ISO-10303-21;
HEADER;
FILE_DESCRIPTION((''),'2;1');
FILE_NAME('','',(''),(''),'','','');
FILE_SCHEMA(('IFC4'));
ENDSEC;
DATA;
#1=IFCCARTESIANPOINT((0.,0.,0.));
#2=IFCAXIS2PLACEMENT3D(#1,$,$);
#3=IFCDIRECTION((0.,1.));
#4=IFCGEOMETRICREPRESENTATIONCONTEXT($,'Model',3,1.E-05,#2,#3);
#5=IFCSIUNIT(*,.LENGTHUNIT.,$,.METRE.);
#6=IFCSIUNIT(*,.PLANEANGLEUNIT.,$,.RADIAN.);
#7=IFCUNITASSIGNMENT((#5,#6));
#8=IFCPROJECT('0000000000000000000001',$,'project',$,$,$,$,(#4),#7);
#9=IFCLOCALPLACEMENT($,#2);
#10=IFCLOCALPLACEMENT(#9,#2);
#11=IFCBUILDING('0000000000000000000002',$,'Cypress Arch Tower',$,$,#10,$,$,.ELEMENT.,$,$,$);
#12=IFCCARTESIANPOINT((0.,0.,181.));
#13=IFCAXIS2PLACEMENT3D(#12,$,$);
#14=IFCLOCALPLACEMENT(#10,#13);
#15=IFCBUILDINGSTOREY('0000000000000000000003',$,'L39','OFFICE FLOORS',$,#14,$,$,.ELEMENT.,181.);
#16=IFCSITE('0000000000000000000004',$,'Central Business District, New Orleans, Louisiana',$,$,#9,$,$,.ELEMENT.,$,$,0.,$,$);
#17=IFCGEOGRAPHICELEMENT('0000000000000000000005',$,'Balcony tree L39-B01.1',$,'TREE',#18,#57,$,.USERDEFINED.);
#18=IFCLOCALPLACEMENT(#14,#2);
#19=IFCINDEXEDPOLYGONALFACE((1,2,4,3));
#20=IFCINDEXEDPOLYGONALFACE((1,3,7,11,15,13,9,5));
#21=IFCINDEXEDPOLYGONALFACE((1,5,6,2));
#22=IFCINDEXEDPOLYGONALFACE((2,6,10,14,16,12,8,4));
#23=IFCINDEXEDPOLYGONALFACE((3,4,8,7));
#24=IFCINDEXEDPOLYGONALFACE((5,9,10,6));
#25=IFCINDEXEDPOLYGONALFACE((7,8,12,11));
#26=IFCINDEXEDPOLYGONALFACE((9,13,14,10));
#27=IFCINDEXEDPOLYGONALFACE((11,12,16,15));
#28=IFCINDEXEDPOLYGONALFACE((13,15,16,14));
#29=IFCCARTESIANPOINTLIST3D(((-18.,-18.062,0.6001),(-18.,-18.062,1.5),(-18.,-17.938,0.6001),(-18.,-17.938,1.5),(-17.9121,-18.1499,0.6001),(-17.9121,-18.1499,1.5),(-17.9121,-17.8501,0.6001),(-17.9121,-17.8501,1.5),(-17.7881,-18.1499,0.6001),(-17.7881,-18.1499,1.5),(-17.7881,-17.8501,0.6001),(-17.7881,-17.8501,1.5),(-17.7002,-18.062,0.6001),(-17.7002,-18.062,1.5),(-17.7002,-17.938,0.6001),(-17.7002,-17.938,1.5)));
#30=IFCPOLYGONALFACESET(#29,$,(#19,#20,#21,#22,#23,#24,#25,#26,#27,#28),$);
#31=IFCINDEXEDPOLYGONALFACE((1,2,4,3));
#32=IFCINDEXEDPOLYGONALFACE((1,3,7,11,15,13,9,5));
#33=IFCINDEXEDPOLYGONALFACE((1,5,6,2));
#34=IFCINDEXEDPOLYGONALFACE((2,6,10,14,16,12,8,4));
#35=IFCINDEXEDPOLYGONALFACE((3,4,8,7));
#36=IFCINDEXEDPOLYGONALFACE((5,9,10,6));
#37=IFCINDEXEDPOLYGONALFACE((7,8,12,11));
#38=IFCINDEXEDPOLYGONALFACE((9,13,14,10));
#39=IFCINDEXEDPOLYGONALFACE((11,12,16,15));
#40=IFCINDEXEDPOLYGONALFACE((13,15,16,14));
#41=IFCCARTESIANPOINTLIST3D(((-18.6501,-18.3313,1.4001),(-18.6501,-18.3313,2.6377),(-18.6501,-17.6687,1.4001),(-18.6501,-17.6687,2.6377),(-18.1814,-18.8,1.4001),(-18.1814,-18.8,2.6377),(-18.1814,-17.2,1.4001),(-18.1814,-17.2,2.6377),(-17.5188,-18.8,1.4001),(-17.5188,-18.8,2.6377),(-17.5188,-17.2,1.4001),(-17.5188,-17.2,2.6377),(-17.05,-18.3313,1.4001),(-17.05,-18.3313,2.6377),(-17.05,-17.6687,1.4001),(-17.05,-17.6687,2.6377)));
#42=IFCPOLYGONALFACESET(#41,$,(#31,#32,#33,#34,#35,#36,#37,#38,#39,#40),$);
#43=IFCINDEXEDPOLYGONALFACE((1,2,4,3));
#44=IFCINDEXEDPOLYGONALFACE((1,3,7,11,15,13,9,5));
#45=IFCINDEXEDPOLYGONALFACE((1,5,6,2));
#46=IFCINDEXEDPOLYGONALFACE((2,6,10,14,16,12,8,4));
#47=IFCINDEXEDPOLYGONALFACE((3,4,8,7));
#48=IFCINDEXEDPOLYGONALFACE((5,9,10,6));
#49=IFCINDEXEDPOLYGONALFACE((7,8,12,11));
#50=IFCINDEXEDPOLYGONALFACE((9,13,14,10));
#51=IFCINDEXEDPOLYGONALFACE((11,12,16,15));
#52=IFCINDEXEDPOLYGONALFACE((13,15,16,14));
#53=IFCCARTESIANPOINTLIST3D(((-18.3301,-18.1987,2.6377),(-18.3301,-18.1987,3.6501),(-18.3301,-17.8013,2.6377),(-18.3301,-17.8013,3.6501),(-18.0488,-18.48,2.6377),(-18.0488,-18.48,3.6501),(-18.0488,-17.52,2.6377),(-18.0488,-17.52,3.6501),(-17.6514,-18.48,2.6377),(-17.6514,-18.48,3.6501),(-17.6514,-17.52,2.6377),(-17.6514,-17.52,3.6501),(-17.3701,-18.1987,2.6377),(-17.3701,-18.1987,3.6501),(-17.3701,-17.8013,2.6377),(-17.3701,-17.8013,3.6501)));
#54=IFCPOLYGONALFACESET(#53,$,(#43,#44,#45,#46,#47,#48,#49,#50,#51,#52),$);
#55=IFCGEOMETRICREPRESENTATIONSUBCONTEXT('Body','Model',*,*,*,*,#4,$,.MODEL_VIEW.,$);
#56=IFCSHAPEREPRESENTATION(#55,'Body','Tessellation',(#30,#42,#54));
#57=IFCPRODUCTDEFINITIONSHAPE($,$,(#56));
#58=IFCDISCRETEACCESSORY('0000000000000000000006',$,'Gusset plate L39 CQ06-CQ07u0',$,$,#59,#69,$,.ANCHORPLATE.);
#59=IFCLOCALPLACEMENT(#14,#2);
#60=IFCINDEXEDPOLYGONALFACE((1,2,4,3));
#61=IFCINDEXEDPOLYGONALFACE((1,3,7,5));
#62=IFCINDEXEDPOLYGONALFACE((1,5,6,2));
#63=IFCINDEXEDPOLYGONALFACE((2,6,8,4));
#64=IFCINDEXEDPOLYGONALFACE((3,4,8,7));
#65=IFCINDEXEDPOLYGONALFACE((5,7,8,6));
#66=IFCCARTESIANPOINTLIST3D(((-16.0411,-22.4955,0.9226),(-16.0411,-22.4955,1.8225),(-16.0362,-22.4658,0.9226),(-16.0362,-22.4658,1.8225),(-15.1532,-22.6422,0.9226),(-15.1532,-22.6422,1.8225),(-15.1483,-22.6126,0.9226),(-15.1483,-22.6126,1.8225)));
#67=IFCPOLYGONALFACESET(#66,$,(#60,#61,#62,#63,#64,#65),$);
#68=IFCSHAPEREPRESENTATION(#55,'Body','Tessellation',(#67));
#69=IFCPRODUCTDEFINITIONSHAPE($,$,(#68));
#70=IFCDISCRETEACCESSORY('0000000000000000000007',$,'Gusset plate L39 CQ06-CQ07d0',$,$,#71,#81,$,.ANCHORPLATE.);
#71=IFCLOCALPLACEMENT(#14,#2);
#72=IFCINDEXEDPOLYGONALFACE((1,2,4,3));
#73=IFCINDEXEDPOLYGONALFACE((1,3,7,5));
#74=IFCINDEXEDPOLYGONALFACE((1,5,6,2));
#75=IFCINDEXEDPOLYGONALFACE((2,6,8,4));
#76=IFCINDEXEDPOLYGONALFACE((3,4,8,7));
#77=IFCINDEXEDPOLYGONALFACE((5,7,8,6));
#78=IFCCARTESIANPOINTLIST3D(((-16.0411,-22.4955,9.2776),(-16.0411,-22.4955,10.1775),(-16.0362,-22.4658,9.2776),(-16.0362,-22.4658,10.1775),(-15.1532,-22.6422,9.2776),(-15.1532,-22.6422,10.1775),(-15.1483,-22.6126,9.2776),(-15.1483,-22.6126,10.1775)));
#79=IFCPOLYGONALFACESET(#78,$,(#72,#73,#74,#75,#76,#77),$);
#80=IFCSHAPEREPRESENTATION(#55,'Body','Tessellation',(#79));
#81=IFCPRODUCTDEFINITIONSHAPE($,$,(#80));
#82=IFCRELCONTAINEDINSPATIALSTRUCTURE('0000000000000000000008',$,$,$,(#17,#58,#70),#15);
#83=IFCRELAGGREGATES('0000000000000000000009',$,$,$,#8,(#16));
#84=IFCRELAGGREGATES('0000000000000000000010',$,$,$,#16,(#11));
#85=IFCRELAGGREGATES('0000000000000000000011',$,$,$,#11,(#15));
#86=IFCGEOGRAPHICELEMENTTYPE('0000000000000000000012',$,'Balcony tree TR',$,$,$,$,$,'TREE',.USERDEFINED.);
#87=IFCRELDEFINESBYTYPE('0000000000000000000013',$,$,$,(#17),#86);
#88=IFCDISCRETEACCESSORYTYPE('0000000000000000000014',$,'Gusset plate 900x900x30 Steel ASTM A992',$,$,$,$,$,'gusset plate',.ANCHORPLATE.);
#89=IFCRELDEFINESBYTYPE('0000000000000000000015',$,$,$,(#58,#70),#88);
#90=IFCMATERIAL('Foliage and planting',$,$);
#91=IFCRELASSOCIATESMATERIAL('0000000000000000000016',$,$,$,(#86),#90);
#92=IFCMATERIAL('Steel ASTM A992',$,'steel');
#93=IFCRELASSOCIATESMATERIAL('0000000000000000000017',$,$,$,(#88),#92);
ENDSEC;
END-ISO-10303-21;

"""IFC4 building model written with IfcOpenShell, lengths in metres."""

from ifc_helpers import new_model, si_unit, direction, frame, origin, origin_2d, place, context, subcontext, project, spatial, polyline, rectangle, outline, extrude, material, material_profile, profile_set, type_object, element, save


model = new_model("IFC4")

# Units and contexts
model_context = context("Model", 3, precision=1e-05, world=origin(), true_north=direction((0.0, 1.0)))
body_context = subcontext(model_context, "Body", "Model", "MODEL_VIEW")
ifc_project = project(units=[si_unit("LENGTHUNIT", "METRE"), si_unit("PLANEANGLEUNIT", "RADIAN")], contexts=[model_context])

# Site, building, storey
site_placement = place(None, origin())
site = spatial("IfcSite", under=ifc_project, at=site_placement, Name="Central Business District, New Orleans, Louisiana", CompositionType="ELEMENT", RefElevation=0.0)
building_placement = place(site_placement, origin())
building = spatial("IfcBuilding", under=site, at=building_placement, Name="Cypress Arch Tower", CompositionType="ELEMENT")
storey_placement = place(building_placement, frame((0.0, 0.0, 181.0)))
storey = spatial("IfcBuildingStorey", under=building, at=storey_placement, Name="L39", Description="OFFICE FLOORS", CompositionType="ELEMENT", Elevation=181.0)

# Geographic element
ifc_material_1 = material(Name="Foliage and planting")
geographic_element_type = type_object("IfcGeographicElementType", Name="Balcony tree TR", ElementType="TREE", PredefinedType="USERDEFINED", material=ifc_material_1)
geographic_element_placement = place(storey_placement, frame((-17.8501, -18.0, 0.6001), z_axis=(0.0, 0.0, 1.0), x_axis=(1.0, 0.0, 0.0)))
element("IfcGeographicElement", 1, at=geographic_element_placement, inside=storey, type_object=geographic_element_type, Name="Balcony tree L39-B01.1", ObjectType="TREE", PredefinedType="USERDEFINED", context=body_context, shape_type="SweptSolid", body=[
    extrude(outline(polyline([(0.1499, 0.062), (0.062, 0.1499), (-0.062, 0.1499), (-0.1499, 0.062), (-0.1499, -0.062), (-0.062, -0.1499), (0.062, -0.1499), (0.1499, -0.062), (0.1499, 0.062)])), origin(), (0.0, 0.0, 1.0), 0.8999),
    extrude(outline(polyline([(0.8, 0.3313), (0.3313, 0.8), (-0.3313, 0.8), (-0.8, 0.3313), (-0.8, -0.3313), (-0.3313, -0.8), (0.3313, -0.8), (0.8, -0.3313), (0.8, 0.3313)])), frame((0.0, 0.0, 0.8)), (0.0, 0.0, 1.0), 1.2375),
    extrude(outline(polyline([(0.48, 0.1987), (0.1987, 0.48), (-0.1987, 0.48), (-0.48, 0.1987), (-0.48, -0.1987), (-0.1987, -0.48), (0.1987, -0.48), (0.48, -0.1987), (0.48, 0.1987)])), frame((0.0, 0.0, 2.0376)), (0.0, 0.0, 1.0), 1.0125),
])

# Discrete accessories
ifc_material_2 = material(Name="Steel ASTM A992", Category="steel")
ifc_material_profile_1 = material_profile(ifc_material_2, rectangle(XDim=0.8999, YDim=0.8999, at=origin_2d()), Name="PL 30 900x900")
ifc_profile_set_1 = profile_set([ifc_material_profile_1], Name="Steel ASTM A992")
discrete_accessory_type = type_object("IfcDiscreteAccessoryType", Name="Gusset plate 900x900x30 Steel ASTM A992", ElementType="gusset plate", PredefinedType="ANCHORPLATE", material=ifc_profile_set_1)
for number, where, z_axis, x_axis, name in (
    (2, (-15.5972, -22.5688, 1.3726), (0.163077, 0.986613, 0.0), (-0.986613, 0.163077, 0.0), "Gusset plate L39 CQ06-CQ07u0"),
    (3, (-15.5972, -22.5688, 9.7275), (0.163077, 0.986613, 0.0), (-0.986613, 0.163077, 0.0), "Gusset plate L39 CQ06-CQ07d0"),
):
    element("IfcDiscreteAccessory", number, at=place(storey_placement, frame(where, z_axis=z_axis, x_axis=x_axis)), inside=storey, type_object=discrete_accessory_type, Name=name, PredefinedType="ANCHORPLATE", context=body_context, shape_type="SweptSolid", body=[
        extrude(rectangle(XDim=0.8999, YDim=0.8999, at=origin_2d()), origin(), (0.0, 0.0, 1.0), 0.03),
    ])

save(model, "model.ifc")
